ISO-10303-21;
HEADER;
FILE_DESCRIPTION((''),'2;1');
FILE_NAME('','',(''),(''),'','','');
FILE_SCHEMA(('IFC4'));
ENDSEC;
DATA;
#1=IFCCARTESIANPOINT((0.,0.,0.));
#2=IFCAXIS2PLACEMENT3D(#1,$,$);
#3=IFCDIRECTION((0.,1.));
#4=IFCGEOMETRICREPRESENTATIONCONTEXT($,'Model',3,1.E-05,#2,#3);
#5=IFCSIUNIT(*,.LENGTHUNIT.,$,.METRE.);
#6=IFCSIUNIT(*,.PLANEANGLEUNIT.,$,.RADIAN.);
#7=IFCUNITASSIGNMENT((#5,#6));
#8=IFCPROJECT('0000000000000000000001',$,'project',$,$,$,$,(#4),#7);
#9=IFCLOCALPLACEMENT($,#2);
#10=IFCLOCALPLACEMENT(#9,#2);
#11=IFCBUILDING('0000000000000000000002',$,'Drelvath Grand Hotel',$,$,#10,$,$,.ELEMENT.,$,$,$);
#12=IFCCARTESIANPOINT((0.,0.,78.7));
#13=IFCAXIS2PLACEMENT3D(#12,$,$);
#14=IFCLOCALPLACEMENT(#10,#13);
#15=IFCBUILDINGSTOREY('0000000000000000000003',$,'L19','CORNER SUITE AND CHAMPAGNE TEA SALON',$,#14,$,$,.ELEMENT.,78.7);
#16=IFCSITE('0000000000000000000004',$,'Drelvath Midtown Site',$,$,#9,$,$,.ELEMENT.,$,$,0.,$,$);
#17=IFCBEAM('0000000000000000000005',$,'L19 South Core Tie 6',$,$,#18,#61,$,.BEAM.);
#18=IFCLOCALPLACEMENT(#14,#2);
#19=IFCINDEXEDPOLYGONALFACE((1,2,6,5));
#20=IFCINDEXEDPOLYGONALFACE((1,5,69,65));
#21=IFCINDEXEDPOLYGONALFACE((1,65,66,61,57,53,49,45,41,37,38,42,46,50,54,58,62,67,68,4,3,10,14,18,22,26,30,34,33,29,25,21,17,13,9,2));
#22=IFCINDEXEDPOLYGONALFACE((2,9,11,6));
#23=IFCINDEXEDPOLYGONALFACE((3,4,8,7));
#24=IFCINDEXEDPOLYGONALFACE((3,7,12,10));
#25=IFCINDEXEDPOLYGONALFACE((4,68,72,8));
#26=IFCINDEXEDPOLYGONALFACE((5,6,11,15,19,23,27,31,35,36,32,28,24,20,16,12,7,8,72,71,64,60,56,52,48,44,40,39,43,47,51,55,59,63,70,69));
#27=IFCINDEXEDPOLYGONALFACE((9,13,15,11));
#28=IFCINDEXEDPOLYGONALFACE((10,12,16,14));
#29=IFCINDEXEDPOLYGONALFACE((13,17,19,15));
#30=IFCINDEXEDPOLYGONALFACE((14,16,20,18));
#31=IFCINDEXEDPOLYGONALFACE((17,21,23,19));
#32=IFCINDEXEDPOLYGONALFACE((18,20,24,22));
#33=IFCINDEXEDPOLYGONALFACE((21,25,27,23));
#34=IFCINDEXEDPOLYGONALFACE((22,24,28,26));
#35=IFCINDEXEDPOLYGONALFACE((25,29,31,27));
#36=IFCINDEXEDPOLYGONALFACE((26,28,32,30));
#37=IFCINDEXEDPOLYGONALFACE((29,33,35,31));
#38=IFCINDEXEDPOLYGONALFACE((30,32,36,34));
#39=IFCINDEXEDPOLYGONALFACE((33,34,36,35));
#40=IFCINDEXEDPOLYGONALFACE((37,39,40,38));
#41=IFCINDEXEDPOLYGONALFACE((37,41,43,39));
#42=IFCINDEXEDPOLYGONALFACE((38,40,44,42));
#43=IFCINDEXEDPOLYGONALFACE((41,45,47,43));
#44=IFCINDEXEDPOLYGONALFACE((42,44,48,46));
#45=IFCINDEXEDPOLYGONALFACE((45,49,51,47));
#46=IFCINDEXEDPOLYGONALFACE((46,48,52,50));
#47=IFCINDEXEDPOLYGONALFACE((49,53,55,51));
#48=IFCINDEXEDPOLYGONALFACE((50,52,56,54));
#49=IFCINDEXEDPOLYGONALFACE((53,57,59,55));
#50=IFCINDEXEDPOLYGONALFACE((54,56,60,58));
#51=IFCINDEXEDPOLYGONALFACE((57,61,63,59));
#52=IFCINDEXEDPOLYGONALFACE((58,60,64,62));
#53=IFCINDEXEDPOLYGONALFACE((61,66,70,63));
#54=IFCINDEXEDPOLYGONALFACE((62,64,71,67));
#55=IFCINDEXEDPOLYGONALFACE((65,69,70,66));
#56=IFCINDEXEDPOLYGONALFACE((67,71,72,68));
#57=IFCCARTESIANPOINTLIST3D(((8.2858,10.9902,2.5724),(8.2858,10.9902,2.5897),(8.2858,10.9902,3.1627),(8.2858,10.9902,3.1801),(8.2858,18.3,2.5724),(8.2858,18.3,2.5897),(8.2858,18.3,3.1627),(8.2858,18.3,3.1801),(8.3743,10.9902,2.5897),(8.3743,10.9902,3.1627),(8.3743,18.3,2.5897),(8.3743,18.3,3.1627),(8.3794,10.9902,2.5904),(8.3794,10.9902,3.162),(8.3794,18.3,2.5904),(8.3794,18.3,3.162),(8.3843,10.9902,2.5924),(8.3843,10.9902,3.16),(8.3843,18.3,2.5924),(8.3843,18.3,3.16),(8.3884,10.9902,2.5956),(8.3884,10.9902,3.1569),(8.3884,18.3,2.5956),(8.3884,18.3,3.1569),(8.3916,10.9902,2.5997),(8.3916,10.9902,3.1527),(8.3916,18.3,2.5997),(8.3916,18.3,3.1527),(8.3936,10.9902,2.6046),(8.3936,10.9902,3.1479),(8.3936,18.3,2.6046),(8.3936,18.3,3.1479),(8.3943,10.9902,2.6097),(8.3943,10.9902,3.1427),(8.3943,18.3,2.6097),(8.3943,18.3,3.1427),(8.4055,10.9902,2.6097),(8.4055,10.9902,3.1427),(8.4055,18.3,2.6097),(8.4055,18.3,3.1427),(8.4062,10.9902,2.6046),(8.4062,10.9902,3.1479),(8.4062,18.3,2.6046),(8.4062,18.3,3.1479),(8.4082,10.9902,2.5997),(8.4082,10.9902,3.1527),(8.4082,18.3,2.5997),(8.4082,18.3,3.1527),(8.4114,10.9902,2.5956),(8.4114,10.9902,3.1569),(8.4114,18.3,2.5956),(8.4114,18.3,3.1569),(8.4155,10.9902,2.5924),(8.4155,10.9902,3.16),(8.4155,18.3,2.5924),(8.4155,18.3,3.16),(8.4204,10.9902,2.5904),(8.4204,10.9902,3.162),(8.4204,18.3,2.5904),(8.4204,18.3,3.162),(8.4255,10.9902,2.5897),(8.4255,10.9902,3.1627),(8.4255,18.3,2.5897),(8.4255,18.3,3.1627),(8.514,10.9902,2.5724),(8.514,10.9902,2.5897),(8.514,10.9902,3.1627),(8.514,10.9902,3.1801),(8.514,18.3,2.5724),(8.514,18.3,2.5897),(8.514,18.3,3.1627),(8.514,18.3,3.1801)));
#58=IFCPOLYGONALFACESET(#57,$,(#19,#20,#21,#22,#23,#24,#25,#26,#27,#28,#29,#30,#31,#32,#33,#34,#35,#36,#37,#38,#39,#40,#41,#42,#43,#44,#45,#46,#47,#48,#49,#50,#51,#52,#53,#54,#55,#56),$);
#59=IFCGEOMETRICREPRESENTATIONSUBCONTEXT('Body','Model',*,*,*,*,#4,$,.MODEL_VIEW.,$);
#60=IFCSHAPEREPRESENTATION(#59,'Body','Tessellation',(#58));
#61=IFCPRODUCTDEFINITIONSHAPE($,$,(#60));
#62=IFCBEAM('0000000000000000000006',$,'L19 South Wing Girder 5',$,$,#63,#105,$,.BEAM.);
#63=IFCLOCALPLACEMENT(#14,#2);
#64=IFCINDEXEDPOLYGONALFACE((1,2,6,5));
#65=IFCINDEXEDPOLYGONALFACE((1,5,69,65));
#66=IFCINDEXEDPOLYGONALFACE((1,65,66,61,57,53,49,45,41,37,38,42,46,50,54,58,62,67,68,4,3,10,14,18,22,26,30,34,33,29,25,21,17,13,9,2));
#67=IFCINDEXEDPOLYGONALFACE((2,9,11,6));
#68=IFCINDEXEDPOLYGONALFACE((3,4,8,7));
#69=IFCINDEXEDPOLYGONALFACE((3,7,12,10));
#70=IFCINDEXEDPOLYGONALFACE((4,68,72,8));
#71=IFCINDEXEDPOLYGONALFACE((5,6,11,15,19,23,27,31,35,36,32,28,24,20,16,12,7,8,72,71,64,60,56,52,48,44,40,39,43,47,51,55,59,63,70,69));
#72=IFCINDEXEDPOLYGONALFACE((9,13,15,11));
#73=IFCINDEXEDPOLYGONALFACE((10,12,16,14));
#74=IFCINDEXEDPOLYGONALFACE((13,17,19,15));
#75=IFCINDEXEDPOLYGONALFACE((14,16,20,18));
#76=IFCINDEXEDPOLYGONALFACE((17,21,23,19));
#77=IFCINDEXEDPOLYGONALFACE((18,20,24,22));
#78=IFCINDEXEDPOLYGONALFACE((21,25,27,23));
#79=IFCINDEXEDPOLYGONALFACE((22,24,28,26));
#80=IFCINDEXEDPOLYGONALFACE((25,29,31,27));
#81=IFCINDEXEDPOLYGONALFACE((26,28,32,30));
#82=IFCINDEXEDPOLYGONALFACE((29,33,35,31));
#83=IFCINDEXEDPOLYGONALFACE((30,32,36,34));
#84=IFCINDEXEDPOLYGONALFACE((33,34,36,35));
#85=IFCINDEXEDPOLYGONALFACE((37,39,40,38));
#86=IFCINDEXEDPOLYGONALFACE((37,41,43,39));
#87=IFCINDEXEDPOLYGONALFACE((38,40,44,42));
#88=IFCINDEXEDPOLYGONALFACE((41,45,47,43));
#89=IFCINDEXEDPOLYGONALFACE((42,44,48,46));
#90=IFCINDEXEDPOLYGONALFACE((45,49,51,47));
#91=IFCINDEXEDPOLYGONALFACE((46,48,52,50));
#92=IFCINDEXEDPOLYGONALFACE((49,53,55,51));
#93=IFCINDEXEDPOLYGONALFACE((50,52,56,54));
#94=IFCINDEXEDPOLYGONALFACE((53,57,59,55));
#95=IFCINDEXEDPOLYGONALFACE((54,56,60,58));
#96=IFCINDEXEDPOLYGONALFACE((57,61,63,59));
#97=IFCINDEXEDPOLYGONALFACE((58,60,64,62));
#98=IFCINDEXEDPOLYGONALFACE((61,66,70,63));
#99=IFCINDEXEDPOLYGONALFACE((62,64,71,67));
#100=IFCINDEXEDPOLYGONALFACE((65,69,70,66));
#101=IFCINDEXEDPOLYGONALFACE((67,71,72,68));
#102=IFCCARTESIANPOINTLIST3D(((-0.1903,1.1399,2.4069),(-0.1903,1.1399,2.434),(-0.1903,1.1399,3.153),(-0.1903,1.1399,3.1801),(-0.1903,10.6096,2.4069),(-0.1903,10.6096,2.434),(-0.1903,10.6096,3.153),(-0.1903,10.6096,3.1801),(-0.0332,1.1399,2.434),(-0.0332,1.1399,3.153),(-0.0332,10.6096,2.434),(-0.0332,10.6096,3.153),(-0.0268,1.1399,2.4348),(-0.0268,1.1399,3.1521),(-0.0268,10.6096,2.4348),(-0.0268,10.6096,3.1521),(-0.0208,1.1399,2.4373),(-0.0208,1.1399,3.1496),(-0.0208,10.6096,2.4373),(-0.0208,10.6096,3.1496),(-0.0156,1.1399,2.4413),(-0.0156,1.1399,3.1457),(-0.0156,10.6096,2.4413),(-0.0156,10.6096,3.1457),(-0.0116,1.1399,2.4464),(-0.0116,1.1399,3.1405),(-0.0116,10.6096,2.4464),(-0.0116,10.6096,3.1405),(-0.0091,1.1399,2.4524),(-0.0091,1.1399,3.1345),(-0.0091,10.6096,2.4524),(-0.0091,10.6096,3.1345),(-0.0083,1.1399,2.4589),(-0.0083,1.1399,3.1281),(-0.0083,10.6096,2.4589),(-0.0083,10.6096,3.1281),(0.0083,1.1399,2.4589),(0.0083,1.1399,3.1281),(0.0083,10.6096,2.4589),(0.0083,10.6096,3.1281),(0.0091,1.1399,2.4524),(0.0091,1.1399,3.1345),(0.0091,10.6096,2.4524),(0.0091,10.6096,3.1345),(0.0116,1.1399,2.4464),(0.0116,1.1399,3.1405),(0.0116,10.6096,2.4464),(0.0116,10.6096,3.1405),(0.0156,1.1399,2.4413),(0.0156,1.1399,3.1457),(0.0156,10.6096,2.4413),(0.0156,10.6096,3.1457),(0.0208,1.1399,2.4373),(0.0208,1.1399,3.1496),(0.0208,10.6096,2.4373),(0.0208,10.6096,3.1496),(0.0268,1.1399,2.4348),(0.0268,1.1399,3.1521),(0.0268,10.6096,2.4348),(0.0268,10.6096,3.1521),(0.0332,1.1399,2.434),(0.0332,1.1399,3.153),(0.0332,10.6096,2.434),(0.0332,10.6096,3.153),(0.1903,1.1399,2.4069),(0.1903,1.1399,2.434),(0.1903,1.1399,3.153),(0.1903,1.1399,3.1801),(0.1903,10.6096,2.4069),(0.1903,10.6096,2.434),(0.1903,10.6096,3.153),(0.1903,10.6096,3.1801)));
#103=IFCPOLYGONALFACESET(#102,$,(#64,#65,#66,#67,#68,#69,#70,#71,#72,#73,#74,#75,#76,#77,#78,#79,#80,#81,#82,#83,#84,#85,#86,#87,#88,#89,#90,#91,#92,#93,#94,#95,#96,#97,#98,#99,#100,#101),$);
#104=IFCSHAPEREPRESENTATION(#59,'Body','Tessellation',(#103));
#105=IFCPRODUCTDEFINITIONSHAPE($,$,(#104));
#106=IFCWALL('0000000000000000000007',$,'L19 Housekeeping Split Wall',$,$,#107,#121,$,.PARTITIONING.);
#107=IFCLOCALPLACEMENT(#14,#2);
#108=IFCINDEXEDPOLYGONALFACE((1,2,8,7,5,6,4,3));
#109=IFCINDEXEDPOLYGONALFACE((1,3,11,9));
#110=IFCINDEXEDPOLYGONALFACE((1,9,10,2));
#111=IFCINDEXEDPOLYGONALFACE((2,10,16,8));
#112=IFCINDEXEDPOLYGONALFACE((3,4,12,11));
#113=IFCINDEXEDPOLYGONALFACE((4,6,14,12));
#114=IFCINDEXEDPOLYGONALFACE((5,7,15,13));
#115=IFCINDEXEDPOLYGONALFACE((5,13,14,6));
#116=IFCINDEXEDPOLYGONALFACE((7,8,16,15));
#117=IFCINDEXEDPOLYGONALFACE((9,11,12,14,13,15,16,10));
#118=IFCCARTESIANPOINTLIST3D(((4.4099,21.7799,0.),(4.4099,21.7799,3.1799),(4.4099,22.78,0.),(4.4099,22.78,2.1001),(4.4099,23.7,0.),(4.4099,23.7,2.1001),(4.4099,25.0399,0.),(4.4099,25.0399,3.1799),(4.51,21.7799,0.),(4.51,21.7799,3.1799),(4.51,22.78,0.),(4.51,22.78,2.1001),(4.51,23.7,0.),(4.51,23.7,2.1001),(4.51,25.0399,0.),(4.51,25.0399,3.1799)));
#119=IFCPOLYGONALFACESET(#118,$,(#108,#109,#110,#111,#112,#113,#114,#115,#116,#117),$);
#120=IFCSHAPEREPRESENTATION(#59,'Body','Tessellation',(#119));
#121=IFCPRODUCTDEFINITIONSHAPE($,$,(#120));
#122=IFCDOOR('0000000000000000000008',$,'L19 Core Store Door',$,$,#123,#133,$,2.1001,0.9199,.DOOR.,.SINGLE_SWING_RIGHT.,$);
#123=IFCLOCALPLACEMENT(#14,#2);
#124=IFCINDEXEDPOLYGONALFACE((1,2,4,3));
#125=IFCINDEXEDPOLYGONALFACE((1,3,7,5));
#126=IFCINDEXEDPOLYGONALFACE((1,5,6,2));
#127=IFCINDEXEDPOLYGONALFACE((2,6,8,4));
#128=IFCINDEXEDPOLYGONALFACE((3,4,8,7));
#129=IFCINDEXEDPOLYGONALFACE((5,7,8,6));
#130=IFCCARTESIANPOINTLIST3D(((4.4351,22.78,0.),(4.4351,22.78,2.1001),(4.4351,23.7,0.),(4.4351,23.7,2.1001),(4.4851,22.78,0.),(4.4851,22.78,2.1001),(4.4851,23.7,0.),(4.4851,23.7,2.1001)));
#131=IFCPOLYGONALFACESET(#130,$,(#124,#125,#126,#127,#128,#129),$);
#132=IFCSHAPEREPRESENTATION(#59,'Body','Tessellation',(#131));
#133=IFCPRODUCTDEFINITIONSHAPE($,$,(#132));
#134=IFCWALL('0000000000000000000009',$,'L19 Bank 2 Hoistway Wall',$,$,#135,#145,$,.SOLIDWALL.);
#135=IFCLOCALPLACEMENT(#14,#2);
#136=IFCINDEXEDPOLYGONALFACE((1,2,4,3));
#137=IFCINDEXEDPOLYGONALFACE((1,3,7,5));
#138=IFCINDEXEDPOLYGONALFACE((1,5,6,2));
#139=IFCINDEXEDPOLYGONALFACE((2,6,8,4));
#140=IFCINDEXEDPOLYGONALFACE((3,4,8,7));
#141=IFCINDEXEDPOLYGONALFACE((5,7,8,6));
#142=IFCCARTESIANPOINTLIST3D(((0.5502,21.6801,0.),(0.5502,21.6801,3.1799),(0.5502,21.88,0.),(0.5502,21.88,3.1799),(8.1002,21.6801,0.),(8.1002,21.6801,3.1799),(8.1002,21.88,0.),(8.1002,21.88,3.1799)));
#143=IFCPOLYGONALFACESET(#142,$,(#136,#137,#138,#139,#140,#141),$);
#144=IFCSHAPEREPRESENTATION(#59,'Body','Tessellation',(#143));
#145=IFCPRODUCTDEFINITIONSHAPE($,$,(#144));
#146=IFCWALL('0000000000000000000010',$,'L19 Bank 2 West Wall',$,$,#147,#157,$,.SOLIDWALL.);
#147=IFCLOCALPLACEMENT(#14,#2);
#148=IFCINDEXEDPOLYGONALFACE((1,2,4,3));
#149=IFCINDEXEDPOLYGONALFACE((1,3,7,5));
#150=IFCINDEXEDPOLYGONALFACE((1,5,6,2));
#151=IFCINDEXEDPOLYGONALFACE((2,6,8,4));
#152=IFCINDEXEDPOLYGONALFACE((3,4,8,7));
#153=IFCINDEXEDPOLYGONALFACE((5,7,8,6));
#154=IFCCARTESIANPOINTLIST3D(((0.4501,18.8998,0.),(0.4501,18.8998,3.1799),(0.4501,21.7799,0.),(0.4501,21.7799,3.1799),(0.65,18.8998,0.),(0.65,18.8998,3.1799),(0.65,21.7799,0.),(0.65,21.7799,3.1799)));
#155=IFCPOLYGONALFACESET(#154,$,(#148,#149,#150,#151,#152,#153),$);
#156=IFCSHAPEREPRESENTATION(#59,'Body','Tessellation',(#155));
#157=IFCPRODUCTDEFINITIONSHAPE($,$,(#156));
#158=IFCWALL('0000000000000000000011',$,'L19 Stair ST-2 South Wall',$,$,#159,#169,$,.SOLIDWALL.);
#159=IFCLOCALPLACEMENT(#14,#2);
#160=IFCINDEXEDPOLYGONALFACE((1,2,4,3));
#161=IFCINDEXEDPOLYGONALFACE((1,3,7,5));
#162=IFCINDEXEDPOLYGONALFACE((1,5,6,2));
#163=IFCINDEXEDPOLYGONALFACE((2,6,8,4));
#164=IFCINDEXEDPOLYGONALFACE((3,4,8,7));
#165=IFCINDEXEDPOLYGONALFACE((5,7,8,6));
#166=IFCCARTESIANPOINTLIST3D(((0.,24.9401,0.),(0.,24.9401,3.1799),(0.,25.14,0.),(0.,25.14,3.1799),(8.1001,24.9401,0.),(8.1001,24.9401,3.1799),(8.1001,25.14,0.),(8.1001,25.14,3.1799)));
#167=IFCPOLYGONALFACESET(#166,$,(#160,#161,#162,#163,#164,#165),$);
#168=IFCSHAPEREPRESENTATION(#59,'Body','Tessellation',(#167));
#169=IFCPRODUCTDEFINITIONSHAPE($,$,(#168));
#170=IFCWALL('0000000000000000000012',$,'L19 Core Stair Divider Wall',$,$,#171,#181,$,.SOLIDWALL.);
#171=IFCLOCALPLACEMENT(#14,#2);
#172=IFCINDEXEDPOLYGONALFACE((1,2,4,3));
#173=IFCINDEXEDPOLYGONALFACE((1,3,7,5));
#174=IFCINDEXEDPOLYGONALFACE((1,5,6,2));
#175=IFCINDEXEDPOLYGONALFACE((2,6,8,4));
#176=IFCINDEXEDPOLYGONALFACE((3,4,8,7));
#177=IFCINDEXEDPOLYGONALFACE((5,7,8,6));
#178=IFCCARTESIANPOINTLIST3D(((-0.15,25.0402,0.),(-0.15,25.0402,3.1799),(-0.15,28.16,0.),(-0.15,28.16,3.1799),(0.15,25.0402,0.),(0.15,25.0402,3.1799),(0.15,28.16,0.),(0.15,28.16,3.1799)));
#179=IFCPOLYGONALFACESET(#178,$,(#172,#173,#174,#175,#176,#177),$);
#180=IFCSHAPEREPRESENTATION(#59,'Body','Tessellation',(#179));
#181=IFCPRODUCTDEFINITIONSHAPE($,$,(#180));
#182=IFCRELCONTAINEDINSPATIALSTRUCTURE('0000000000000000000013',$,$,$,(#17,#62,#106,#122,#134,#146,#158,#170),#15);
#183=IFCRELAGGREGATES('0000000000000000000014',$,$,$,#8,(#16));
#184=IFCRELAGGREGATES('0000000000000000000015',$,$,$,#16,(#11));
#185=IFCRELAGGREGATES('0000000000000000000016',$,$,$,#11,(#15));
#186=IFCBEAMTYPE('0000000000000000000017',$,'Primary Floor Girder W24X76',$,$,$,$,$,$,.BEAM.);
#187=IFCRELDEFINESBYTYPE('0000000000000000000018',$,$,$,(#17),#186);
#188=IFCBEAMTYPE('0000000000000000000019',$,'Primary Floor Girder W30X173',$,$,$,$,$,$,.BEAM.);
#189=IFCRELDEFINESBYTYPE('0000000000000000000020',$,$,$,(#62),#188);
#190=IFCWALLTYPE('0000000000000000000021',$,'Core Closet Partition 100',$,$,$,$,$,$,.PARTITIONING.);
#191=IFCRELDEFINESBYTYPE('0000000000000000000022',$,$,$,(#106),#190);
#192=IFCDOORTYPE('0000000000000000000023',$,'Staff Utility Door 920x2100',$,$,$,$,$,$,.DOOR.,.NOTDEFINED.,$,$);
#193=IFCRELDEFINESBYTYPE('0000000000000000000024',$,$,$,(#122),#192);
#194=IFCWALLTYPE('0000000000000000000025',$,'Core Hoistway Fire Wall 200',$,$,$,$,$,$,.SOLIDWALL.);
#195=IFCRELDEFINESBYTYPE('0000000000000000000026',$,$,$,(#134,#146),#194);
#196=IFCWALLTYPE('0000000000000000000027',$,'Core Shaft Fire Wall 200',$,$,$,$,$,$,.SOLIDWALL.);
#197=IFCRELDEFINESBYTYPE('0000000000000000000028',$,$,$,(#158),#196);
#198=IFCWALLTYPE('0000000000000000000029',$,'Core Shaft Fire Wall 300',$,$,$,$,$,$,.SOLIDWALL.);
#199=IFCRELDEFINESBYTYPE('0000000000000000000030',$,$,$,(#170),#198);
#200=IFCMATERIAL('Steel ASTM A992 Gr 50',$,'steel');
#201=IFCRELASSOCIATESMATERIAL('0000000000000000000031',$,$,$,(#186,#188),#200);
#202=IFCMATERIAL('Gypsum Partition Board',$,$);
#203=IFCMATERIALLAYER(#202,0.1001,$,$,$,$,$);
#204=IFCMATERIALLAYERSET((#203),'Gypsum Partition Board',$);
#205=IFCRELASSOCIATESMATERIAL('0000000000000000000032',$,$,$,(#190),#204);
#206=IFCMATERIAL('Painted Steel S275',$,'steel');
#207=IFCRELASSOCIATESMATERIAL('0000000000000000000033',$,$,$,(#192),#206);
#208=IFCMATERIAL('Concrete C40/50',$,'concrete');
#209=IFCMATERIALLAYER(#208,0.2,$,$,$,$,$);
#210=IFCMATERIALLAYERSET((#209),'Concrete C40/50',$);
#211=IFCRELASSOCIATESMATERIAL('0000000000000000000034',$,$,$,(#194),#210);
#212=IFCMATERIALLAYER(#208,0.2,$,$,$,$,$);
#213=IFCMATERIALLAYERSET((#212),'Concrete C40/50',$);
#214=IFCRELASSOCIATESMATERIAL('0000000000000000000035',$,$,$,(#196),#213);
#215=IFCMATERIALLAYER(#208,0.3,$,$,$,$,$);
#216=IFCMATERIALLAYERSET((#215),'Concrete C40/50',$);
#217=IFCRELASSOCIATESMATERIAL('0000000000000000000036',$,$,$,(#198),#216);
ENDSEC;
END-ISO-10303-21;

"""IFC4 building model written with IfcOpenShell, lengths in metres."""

from ifc_helpers import new_model, si_unit, direction, frame, frame_2d, origin, origin_2d, place, context, subcontext, project, spatial, rectangle, i_section, extrude, material, layer, layer_set, material_profile, profile_set, type_object, element, fill, save


model = new_model("IFC4")

# Units and contexts
model_context = context("Model", 3, precision=1e-05, world=origin(), true_north=direction((0.0, 1.0)))
body_context = subcontext(model_context, "Body", "Model", "MODEL_VIEW")
ifc_project = project(units=[si_unit("LENGTHUNIT", "METRE"), si_unit("PLANEANGLEUNIT", "RADIAN")], contexts=[model_context])

# Site, building, storey
site_placement = place(None, origin())
site = spatial("IfcSite", under=ifc_project, at=site_placement, Name="Drelvath Midtown Site", CompositionType="ELEMENT", RefElevation=0.0)
building_placement = place(site_placement, origin())
building = spatial("IfcBuilding", under=site, at=building_placement, Name="Drelvath Grand Hotel", CompositionType="ELEMENT")
storey_placement = place(building_placement, frame((0.0, 0.0, 78.7)))
storey = spatial("IfcBuildingStorey", under=building, at=storey_placement, Name="L19", Description="CORNER SUITE AND CHAMPAGNE TEA SALON", CompositionType="ELEMENT", Elevation=78.7)

# Beams
ifc_material_1 = material(Name="Steel ASTM A992 Gr 50", Category="steel")
ifc_material_profile_1 = material_profile(ifc_material_1, i_section(OverallWidth=0.2283, OverallDepth=0.6077, WebThickness=0.0112, FlangeThickness=0.0173, FilletRadius=0.02, at=origin_2d()), Name="W24X76")
ifc_profile_set_1 = profile_set([ifc_material_profile_1], Name="Steel ASTM A992 Gr 50")
beam_type_1 = type_object("IfcBeamType", Name="Primary Floor Girder W24X76", PredefinedType="BEAM", material=ifc_profile_set_1)
for number, where, z_axis, x_axis, name in (
    (1, (8.3999, 10.9902, 2.8762), (0.0, 1.0, 0.0), (-1.0, 0.0, 0.0), "L19 South Core Tie 6"),
):
    element("IfcBeam", number, at=place(storey_placement, frame(where, z_axis=z_axis, x_axis=x_axis)), inside=storey, type_object=beam_type_1, Name=name, PredefinedType="BEAM", context=body_context, shape_type="SweptSolid", body=[
        extrude(i_section(OverallWidth=0.2283, OverallDepth=0.6077, WebThickness=0.0112, FlangeThickness=0.0173, FilletRadius=0.02, at=origin_2d()), origin(), (0.0, 0.0, 1.0), 7.3098),
    ])
ifc_material_profile_2 = material_profile(ifc_material_1, i_section(OverallWidth=0.3806, OverallDepth=0.7732, WebThickness=0.0166, FlangeThickness=0.0271, FilletRadius=0.0249, at=origin_2d()), Name="W30X173")
ifc_profile_set_2 = profile_set([ifc_material_profile_2], Name="Steel ASTM A992 Gr 50")
beam_type_2 = type_object("IfcBeamType", Name="Primary Floor Girder W30X173", PredefinedType="BEAM", material=ifc_profile_set_2)
beam_1_placement = place(storey_placement, frame((0.0, 1.1399, 2.7935), z_axis=(0.0, 1.0, 0.0), x_axis=(-1.0, 0.0, 0.0)))
element("IfcBeam", 2, at=beam_1_placement, inside=storey, type_object=beam_type_2, Name="L19 South Wing Girder 5", PredefinedType="BEAM", context=body_context, shape_type="SweptSolid", body=[
    extrude(i_section(OverallWidth=0.3806, OverallDepth=0.7732, WebThickness=0.0166, FlangeThickness=0.0271, FilletRadius=0.0249, at=origin_2d()), origin(), (0.0, 0.0, 1.0), 9.4697),
])

# Wall, opening, door
ifc_material_2 = material(Name="Gypsum Partition Board")
ifc_layer_1 = layer(ifc_material_2, 0.1001)
ifc_layer_set_1 = layer_set([ifc_layer_1], Name="Gypsum Partition Board")
wall_type_1 = type_object("IfcWallType", Name="Core Closet Partition 100", PredefinedType="PARTITIONING", material=ifc_layer_set_1)
wall_1_placement = place(storey_placement, frame((4.46, 21.78, 0.0), z_axis=(0.0, 0.0, 1.0), x_axis=(0.0, 1.0, 0.0)))
wall_1 = element("IfcWall", 3, at=wall_1_placement, inside=storey, type_object=wall_type_1, Name="L19 Housekeeping Split Wall", PredefinedType="PARTITIONING", context=body_context, shape_type="SweptSolid", body=[
    extrude(rectangle(XDim=3.26, YDim=0.1001, at=frame_2d((1.6299, 0.0))), origin(), (0.0, 0.0, 1.0), 3.1799),
])
opening_1_placement = place(wall_1_placement, frame((1.0, 0.0, 0.0)))
opening_1 = element("IfcOpeningElement", 4, at=opening_1_placement, cuts=wall_1, PredefinedType="OPENING", context=body_context, shape_type="SweptSolid", body=[
    extrude(rectangle(XDim=0.9199, YDim=2.1001, at=frame_2d((0.46, 1.05))), frame((0.0, 0.0601, 0.0), z_axis=(0.0, -1.0, 0.0), x_axis=(1.0, 0.0, 0.0)), (0.0, 0.0, 1.0), 0.1201),
])
ifc_material_3 = material(Name="Painted Steel S275", Category="steel")
door_type_1 = type_object("IfcDoorType", Name="Staff Utility Door 920x2100", OperationType="NOTDEFINED", PredefinedType="DOOR", material=ifc_material_3)
door_1_placement = place(opening_1_placement, origin())
door_1 = element("IfcDoor", 5, at=door_1_placement, inside=storey, type_object=door_type_1, Name="L19 Core Store Door", OperationType="SINGLE_SWING_RIGHT", OverallHeight=2.1001, OverallWidth=0.9199, PredefinedType="DOOR", context=body_context, shape_type="SweptSolid", body=[
    extrude(rectangle(XDim=0.9199, YDim=2.1001, at=frame_2d((0.46, 1.05))), frame((0.0, 0.0249, 0.0), z_axis=(0.0, -1.0, 0.0), x_axis=(1.0, 0.0, 0.0)), (0.0, 0.0, 1.0), 0.05),
])
fill(opening_1, door_1)

# Walls
ifc_material_4 = material(Name="Concrete C40/50", Category="concrete")
ifc_layer_2 = layer(ifc_material_4, 0.2)
ifc_layer_set_2 = layer_set([ifc_layer_2], Name="Concrete C40/50")
wall_type_2 = type_object("IfcWallType", Name="Core Hoistway Fire Wall 200", PredefinedType="SOLIDWALL", material=ifc_layer_set_2)
wall_2_placement = place(storey_placement, frame((8.1001, 21.78, 0.0), z_axis=(0.0, 0.0, 1.0), x_axis=(-1.0, 0.0, 0.0)))
element("IfcWall", 6, at=wall_2_placement, inside=storey, type_object=wall_type_2, Name="L19 Bank 2 Hoistway Wall", PredefinedType="SOLIDWALL", context=body_context, shape_type="SweptSolid", body=[
    extrude(rectangle(XDim=7.55, YDim=0.2, at=frame_2d((3.7749, 0.0))), origin(), (0.0, 0.0, 1.0), 3.1799),
])
wall_3_placement = place(storey_placement, frame((0.55, 18.8999, 0.0), z_axis=(0.0, 0.0, 1.0), x_axis=(0.0, 1.0, 0.0)))
element("IfcWall", 7, at=wall_3_placement, inside=storey, type_object=wall_type_2, Name="L19 Bank 2 West Wall", PredefinedType="SOLIDWALL", context=body_context, shape_type="SweptSolid", body=[
    extrude(rectangle(XDim=2.8801, YDim=0.2, at=frame_2d((1.4399, 0.0))), origin(), (0.0, 0.0, 1.0), 3.1799),
])
ifc_layer_3 = layer(ifc_material_4, 0.2)
ifc_layer_set_3 = layer_set([ifc_layer_3], Name="Concrete C40/50")
wall_type_3 = type_object("IfcWallType", Name="Core Shaft Fire Wall 200", PredefinedType="SOLIDWALL", material=ifc_layer_set_3)
wall_4_placement = place(storey_placement, frame((0.0, 25.04, 0.0), z_axis=(0.0, 0.0, 1.0), x_axis=(1.0, 0.0, 0.0)))
element("IfcWall", 8, at=wall_4_placement, inside=storey, type_object=wall_type_3, Name="L19 Stair ST-2 South Wall", PredefinedType="SOLIDWALL", context=body_context, shape_type="SweptSolid", body=[
    extrude(rectangle(XDim=8.1001, YDim=0.2, at=frame_2d((4.05, 0.0))), origin(), (0.0, 0.0, 1.0), 3.1799),
])
ifc_layer_4 = layer(ifc_material_4, 0.3)
ifc_layer_set_4 = layer_set([ifc_layer_4], Name="Concrete C40/50")
wall_type_4 = type_object("IfcWallType", Name="Core Shaft Fire Wall 300", PredefinedType="SOLIDWALL", material=ifc_layer_set_4)
wall_5_placement = place(storey_placement, frame((0.0, 25.04, 0.0), z_axis=(0.0, 0.0, 1.0), x_axis=(0.0, 1.0, 0.0)))
element("IfcWall", 9, at=wall_5_placement, inside=storey, type_object=wall_type_4, Name="L19 Core Stair Divider Wall", PredefinedType="SOLIDWALL", context=body_context, shape_type="SweptSolid", body=[
    extrude(rectangle(XDim=3.1199, YDim=0.3, at=frame_2d((1.5601, 0.0))), origin(), (0.0, 0.0, 1.0), 3.1799),
])

save(model, "model.ifc")
